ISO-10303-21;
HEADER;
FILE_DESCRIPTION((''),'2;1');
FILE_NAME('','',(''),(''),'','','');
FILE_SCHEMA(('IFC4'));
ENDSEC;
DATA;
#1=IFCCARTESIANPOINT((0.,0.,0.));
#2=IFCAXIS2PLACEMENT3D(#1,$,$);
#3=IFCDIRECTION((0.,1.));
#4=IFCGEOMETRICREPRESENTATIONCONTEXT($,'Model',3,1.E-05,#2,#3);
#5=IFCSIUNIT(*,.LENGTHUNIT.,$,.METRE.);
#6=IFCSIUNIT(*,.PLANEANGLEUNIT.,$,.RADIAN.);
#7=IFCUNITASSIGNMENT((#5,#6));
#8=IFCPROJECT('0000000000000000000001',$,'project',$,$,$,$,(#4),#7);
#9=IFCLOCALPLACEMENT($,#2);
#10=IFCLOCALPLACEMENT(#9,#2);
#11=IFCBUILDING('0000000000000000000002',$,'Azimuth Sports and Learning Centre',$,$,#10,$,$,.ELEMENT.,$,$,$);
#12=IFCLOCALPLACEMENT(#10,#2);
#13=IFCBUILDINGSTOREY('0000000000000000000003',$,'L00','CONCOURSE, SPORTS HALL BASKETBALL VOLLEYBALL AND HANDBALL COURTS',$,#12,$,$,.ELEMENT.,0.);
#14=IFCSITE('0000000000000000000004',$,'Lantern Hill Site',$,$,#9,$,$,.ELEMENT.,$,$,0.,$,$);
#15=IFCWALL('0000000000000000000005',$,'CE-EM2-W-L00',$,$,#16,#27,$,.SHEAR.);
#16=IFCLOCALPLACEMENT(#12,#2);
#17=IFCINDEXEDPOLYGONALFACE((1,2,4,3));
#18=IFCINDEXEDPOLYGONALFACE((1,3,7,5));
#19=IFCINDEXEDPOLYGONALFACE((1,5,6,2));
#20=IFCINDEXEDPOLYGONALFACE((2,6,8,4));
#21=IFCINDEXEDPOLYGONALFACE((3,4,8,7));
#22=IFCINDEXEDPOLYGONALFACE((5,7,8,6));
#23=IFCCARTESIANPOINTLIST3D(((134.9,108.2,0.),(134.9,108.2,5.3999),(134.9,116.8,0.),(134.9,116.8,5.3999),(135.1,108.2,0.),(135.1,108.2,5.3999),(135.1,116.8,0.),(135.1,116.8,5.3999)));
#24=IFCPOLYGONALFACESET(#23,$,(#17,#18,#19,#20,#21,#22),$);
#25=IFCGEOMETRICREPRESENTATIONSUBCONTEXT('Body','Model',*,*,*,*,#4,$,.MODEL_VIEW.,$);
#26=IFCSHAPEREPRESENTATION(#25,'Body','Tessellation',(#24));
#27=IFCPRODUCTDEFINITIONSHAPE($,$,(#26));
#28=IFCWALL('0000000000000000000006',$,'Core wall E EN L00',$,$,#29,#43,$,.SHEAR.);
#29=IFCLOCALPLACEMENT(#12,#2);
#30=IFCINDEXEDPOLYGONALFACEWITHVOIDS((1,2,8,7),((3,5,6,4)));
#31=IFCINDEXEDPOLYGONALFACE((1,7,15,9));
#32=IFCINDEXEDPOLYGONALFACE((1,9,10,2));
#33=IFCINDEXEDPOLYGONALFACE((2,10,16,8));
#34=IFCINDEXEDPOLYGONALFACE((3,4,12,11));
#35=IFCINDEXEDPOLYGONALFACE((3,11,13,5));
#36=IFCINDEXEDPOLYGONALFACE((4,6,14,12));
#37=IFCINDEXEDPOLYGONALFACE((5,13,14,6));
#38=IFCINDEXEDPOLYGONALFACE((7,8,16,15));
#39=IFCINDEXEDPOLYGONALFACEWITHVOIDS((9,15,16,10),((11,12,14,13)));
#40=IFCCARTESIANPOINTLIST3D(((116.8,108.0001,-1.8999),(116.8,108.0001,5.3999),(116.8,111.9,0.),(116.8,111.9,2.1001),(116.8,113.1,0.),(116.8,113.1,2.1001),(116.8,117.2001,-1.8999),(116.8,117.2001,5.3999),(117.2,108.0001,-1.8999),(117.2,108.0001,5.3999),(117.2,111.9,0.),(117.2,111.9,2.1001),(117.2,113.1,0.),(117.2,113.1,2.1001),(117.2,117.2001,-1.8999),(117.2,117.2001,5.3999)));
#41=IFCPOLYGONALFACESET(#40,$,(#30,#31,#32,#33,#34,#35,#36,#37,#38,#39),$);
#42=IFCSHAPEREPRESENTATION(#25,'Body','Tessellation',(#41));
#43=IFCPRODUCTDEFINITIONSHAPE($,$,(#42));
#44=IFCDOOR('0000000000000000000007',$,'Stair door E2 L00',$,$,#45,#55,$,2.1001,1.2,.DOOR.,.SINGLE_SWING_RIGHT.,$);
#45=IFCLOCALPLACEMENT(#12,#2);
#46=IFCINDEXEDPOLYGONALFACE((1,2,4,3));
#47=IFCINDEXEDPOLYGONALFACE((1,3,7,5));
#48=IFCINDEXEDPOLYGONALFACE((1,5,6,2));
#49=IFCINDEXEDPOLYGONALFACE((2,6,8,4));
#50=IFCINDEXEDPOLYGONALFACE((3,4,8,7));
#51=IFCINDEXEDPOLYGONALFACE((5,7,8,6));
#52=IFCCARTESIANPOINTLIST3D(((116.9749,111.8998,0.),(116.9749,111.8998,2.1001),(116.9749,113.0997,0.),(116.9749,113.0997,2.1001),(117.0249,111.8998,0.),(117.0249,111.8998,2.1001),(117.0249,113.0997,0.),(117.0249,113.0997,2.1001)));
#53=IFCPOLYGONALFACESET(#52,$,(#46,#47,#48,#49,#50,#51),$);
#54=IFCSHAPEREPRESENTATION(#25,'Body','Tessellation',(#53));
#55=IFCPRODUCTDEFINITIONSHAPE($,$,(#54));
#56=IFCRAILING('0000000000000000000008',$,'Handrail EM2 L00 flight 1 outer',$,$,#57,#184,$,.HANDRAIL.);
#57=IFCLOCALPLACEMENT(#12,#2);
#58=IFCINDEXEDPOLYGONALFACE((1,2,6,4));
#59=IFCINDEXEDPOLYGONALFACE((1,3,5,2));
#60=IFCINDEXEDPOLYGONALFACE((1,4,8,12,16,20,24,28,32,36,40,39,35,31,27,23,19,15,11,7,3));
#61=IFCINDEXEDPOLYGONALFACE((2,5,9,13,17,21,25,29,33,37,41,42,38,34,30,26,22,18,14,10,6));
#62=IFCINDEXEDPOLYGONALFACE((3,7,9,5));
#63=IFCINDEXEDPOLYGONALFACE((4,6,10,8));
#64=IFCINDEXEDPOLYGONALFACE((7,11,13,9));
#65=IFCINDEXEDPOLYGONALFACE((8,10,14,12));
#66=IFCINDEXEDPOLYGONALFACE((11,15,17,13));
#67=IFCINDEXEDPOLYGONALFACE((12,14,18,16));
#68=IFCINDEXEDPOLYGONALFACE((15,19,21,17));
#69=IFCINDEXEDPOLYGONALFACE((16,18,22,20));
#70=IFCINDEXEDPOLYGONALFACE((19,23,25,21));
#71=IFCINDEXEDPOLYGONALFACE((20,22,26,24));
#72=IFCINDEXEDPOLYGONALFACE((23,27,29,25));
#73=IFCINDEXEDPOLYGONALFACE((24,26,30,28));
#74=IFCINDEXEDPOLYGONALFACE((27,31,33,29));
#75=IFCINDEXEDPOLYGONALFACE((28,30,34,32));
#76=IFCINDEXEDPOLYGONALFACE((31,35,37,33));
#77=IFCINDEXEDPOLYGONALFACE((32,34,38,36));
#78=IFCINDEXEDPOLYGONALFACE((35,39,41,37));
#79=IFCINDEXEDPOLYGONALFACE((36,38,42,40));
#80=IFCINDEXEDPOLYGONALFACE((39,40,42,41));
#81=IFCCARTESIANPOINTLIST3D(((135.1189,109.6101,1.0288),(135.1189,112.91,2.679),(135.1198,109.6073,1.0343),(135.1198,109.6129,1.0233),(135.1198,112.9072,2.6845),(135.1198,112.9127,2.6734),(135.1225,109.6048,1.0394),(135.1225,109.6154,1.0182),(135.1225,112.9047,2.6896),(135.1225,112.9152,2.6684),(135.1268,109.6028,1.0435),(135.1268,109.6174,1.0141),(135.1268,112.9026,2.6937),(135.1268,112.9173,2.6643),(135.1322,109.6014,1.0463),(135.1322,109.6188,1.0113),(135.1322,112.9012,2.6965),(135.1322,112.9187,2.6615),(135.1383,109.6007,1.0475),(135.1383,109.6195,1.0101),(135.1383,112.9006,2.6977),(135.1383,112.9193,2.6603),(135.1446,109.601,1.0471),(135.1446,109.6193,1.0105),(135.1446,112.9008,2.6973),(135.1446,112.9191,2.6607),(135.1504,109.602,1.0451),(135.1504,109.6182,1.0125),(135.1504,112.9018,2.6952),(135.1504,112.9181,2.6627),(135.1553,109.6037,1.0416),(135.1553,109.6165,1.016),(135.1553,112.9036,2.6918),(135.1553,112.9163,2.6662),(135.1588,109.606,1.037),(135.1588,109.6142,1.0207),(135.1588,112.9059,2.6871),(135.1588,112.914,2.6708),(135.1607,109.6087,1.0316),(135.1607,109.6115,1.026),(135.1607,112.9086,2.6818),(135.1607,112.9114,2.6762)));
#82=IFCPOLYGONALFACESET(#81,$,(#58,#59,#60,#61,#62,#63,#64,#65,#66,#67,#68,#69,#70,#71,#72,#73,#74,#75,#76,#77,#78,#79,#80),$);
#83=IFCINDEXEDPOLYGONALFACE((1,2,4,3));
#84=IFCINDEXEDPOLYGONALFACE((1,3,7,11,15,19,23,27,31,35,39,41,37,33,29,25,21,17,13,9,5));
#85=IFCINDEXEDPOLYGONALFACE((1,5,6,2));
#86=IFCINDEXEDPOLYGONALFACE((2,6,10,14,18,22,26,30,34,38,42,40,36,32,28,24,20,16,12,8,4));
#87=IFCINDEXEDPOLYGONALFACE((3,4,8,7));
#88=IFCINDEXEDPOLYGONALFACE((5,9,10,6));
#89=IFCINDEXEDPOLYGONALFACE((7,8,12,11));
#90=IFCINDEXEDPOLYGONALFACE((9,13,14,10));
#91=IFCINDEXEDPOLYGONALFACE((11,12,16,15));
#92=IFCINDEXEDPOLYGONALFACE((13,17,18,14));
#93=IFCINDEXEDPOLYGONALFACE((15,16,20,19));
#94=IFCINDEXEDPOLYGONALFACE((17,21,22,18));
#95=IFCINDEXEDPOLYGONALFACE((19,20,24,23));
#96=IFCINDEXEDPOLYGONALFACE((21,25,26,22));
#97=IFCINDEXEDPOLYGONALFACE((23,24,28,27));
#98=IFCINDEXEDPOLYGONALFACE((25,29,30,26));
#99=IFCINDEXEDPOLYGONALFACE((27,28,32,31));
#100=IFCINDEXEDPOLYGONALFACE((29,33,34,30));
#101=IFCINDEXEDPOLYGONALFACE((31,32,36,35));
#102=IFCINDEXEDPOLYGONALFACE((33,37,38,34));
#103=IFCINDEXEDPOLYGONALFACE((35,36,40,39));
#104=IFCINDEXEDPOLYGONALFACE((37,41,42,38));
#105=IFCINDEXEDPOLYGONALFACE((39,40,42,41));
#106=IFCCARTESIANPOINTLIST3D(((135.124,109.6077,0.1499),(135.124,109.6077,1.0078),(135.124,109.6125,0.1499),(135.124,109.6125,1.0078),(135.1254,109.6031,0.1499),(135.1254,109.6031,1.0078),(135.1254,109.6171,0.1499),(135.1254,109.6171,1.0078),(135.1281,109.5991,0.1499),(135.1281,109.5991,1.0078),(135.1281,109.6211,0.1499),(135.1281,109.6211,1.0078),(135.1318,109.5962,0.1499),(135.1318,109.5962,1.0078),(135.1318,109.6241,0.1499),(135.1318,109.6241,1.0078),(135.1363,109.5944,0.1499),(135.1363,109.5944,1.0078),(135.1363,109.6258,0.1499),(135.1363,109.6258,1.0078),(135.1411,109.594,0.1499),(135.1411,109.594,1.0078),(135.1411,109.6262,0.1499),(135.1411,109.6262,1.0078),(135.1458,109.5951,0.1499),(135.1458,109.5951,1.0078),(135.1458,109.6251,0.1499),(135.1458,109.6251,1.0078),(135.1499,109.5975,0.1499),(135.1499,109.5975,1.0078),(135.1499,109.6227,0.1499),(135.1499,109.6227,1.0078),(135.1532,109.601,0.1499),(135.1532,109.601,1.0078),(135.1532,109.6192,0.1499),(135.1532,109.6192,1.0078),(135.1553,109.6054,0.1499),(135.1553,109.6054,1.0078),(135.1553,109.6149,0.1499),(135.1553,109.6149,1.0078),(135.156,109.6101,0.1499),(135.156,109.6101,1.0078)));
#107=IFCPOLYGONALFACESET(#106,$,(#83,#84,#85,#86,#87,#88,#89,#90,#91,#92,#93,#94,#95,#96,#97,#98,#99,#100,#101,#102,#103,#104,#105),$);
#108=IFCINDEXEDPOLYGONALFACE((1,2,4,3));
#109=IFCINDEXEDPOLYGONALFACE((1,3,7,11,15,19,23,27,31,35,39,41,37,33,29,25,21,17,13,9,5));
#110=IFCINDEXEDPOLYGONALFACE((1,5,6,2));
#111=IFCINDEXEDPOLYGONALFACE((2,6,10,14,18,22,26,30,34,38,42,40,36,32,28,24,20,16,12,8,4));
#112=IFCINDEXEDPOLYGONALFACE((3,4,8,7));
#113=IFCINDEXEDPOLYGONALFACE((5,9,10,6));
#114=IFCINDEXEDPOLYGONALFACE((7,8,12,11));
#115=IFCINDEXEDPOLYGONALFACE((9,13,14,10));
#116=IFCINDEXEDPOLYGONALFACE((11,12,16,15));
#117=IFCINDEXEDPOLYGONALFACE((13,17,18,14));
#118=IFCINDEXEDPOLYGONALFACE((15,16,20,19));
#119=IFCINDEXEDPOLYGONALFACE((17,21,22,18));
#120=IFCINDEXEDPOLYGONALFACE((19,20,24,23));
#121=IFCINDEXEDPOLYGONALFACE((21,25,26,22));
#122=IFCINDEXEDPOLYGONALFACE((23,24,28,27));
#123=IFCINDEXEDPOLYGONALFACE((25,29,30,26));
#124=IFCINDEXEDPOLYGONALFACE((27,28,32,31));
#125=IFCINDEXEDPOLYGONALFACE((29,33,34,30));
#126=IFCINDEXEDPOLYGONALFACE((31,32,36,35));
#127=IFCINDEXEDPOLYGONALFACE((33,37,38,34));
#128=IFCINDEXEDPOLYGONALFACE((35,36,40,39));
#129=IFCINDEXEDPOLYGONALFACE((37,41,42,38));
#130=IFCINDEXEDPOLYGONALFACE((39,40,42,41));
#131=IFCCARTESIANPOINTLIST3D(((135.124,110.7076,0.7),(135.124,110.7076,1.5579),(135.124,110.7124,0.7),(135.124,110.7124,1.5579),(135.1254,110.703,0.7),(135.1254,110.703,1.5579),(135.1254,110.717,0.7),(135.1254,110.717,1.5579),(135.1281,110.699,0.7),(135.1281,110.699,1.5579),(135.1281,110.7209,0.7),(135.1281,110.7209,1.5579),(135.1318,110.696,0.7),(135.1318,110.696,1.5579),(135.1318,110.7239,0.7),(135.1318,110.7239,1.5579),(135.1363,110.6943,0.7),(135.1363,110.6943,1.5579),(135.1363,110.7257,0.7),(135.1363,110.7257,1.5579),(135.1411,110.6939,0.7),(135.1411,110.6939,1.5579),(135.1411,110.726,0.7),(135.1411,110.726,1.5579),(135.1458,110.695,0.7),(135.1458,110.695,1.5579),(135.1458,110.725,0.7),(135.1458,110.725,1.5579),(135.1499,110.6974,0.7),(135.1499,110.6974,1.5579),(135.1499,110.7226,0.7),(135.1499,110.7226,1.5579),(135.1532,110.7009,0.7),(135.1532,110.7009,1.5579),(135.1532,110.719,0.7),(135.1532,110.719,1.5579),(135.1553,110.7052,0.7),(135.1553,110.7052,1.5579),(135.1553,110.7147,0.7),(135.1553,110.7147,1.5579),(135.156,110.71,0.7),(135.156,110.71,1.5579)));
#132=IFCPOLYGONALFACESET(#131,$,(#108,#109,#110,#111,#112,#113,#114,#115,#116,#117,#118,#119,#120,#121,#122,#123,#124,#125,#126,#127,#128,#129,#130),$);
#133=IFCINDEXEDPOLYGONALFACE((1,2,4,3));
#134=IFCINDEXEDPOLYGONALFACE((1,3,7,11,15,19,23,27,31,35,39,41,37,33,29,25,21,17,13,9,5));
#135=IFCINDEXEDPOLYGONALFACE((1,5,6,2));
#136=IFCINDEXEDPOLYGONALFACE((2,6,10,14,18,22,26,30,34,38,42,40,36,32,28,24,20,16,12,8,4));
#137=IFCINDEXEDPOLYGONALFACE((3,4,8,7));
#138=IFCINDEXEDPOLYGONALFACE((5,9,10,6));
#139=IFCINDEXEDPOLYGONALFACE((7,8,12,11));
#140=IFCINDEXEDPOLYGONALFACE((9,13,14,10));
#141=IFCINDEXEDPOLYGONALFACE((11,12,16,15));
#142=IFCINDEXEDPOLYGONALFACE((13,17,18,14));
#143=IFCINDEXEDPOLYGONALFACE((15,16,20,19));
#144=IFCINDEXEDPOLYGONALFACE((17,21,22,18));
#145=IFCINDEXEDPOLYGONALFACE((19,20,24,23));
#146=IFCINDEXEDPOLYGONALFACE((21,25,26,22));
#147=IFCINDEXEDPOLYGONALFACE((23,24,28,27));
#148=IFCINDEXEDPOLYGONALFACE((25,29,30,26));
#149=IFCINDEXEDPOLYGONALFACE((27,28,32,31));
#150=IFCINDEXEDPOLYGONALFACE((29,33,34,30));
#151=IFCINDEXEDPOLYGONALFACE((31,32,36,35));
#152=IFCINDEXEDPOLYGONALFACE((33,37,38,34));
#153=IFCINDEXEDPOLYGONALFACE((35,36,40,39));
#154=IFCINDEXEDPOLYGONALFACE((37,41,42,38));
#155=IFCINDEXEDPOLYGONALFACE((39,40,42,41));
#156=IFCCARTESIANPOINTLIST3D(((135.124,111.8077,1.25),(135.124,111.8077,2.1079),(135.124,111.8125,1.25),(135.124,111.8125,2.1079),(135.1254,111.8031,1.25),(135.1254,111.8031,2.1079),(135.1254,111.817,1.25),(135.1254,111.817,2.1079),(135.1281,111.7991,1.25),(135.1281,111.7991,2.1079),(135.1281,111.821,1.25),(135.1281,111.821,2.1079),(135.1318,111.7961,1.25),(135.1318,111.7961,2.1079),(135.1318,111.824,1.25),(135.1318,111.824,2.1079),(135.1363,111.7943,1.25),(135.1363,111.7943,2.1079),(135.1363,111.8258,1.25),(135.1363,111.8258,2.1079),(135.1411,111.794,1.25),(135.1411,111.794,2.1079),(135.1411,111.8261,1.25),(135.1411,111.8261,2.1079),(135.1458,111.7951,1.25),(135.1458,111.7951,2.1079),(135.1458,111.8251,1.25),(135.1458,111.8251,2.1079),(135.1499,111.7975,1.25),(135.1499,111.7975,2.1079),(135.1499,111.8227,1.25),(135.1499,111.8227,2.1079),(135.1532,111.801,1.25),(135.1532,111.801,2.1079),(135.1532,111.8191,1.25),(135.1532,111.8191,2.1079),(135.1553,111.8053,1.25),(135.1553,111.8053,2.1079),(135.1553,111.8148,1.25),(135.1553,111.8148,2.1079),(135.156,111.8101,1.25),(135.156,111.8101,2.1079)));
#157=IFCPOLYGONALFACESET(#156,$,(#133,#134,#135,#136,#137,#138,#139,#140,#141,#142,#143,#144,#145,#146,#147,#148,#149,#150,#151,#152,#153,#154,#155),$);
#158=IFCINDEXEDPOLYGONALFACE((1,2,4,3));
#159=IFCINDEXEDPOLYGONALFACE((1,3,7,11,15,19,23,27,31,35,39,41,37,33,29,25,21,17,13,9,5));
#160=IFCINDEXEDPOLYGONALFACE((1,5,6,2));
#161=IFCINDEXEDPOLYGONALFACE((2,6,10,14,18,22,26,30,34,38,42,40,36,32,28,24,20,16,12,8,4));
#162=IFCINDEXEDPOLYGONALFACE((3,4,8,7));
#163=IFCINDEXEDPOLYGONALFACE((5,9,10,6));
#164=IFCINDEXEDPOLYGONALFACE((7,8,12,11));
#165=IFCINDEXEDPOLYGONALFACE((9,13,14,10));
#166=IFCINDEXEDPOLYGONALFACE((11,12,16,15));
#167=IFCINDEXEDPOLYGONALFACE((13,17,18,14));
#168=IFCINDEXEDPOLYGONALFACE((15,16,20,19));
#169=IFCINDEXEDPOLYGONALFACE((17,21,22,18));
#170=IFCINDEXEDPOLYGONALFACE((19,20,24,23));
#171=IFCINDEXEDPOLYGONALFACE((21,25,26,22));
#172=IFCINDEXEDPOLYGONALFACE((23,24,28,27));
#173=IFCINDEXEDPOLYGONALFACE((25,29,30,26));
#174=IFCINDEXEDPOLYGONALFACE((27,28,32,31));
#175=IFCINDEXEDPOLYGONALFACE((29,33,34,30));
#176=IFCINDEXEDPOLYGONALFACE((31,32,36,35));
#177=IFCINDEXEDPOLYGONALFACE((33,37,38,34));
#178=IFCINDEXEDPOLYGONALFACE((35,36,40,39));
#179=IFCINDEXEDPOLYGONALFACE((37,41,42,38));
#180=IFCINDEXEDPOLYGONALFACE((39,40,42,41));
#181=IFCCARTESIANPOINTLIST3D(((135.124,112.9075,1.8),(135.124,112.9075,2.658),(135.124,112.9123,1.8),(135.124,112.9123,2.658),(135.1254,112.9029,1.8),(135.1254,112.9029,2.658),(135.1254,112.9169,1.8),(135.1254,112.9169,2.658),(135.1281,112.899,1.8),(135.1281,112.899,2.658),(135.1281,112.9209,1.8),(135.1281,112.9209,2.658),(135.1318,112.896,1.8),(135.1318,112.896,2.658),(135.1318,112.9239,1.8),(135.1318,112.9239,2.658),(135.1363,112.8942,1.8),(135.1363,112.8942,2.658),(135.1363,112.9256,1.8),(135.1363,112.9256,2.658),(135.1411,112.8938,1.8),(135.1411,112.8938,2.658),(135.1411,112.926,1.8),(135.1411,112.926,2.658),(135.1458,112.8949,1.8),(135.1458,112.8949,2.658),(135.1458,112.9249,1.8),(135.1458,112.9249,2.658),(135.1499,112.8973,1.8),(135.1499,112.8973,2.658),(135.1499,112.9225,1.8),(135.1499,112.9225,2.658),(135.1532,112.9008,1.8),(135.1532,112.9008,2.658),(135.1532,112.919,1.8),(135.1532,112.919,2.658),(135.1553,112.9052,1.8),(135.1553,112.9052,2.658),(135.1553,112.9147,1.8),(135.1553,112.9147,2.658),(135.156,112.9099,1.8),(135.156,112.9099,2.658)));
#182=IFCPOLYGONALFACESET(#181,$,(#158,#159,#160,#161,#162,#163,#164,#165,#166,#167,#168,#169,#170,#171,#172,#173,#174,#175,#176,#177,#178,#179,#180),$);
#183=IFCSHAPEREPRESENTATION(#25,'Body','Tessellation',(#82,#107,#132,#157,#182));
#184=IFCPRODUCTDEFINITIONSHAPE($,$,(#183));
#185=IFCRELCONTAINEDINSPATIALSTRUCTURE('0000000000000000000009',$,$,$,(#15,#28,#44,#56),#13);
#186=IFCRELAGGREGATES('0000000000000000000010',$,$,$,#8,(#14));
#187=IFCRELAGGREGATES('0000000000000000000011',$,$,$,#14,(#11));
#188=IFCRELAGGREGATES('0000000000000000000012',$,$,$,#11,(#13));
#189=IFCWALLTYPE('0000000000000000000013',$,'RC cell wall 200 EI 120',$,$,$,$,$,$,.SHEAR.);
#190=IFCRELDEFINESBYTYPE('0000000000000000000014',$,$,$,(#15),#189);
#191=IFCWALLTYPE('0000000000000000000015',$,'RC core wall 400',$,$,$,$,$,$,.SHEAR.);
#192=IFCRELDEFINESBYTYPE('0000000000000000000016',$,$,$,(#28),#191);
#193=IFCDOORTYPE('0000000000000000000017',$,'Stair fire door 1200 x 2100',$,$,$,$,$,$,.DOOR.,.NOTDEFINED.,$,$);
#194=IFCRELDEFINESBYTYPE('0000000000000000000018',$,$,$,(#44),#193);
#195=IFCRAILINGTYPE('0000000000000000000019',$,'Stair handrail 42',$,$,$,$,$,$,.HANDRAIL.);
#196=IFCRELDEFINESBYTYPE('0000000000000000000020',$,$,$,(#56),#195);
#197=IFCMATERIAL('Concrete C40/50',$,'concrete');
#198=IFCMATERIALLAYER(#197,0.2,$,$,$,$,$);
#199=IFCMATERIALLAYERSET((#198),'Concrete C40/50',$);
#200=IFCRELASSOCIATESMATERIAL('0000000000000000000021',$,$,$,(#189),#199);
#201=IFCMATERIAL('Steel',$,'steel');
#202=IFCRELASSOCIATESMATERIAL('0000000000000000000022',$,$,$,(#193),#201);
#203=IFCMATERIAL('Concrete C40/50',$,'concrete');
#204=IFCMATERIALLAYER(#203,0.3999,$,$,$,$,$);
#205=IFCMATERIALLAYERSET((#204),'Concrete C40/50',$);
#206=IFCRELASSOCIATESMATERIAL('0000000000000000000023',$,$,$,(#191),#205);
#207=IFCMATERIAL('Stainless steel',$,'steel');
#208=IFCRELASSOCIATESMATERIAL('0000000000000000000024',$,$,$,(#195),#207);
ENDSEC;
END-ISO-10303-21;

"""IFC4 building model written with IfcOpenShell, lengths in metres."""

from ifc_helpers import new_model, si_unit, direction, frame, frame_2d, origin, origin_2d, place, context, subcontext, project, spatial, rectangle, circle, extrude, material, layer, layer_set, type_object, element, fill, save


model = new_model("IFC4")

# Units and contexts
model_context = context("Model", 3, precision=1e-05, world=origin(), true_north=direction((0.0, 1.0)))
body_context = subcontext(model_context, "Body", "Model", "MODEL_VIEW")
ifc_project = project(units=[si_unit("LENGTHUNIT", "METRE"), si_unit("PLANEANGLEUNIT", "RADIAN")], contexts=[model_context])

# Site, building, storey
site_placement = place(None, origin())
site = spatial("IfcSite", under=ifc_project, at=site_placement, Name="Lantern Hill Site", CompositionType="ELEMENT", RefElevation=0.0)
building_placement = place(site_placement, origin())
building = spatial("IfcBuilding", under=site, at=building_placement, Name="Azimuth Sports and Learning Centre", CompositionType="ELEMENT")
storey_placement = place(building_placement, origin())
storey = spatial("IfcBuildingStorey", under=building, at=storey_placement, Name="L00", Description="CONCOURSE, SPORTS HALL BASKETBALL VOLLEYBALL AND HANDBALL COURTS", CompositionType="ELEMENT", Elevation=0.0)

# Shared definitions
ifc_material_1 = material(Name="Concrete C40/50", Category="concrete")
ifc_layer_1 = layer(ifc_material_1, 0.2)
ifc_layer_set_1 = layer_set([ifc_layer_1], Name="Concrete C40/50")
wall_type_1 = type_object("IfcWallType", Name="RC cell wall 200 EI 120", PredefinedType="SHEAR", material=ifc_layer_set_1)
ifc_material_2 = material(Name="Steel", Category="steel")
door_type_1 = type_object("IfcDoorType", Name="Stair fire door 1200 x 2100", OperationType="NOTDEFINED", PredefinedType="DOOR", material=ifc_material_2)

# Wall
wall_1_placement = place(storey_placement, frame((135.0, 108.2, 0.0), z_axis=(0.0, 0.0, 1.0), x_axis=(0.0, 1.0, 0.0)))
element("IfcWall", 1, at=wall_1_placement, inside=storey, type_object=wall_type_1, Name="CE-EM2-W-L00", PredefinedType="SHEAR", context=body_context, shape_type="SweptSolid", body=[
    extrude(rectangle(XDim=8.6001, YDim=0.2, at=frame_2d((4.3, 0.0))), origin(), (0.0, 0.0, 1.0), 5.3999),
])

# Wall, opening, door
ifc_material_3 = material(Name="Concrete C40/50", Category="concrete")
ifc_layer_2 = layer(ifc_material_3, 0.3999)
ifc_layer_set_2 = layer_set([ifc_layer_2], Name="Concrete C40/50")
wall_type_2 = type_object("IfcWallType", Name="RC core wall 400", PredefinedType="SHEAR", material=ifc_layer_set_2)
wall_2_placement = place(storey_placement, frame((117.0, 108.0, -1.8999), z_axis=(0.0, 0.0, 1.0), x_axis=(0.0, 1.0, 0.0)))
wall_2 = element("IfcWall", 2, at=wall_2_placement, inside=storey, type_object=wall_type_2, Name="Core wall E EN L00", PredefinedType="SHEAR", context=body_context, shape_type="SweptSolid", body=[
    extrude(rectangle(XDim=9.2, YDim=0.3999, at=frame_2d((4.6001, 0.0))), origin(), (0.0, 0.0, 1.0), 7.2998),
])
opening_1_placement = place(wall_2_placement, frame((3.8999, 0.0, 1.8999)))
opening_1 = element("IfcOpeningElement", 3, at=opening_1_placement, cuts=wall_2, PredefinedType="OPENING", context=body_context, shape_type="SweptSolid", body=[
    extrude(rectangle(XDim=1.2, YDim=2.1001, at=frame_2d((0.6001, 1.05))), frame((0.0, 0.2109, 0.0), z_axis=(0.0, -1.0, 0.0), x_axis=(1.0, 0.0, 0.0)), (0.0, 0.0, 1.0), 0.4219),
])
door_1_placement = place(opening_1_placement, frame((1.2, 0.0, 0.0), z_axis=(0.0, 0.0, 1.0), x_axis=(-1.0, 0.0, 0.0)))
door_1 = element("IfcDoor", 4, at=door_1_placement, inside=storey, type_object=door_type_1, Name="Stair door E2 L00", OperationType="SINGLE_SWING_RIGHT", OverallHeight=2.1001, OverallWidth=1.2, PredefinedType="DOOR", context=body_context, shape_type="SweptSolid", body=[
    extrude(rectangle(XDim=1.2, YDim=2.1001, at=frame_2d((0.6001, 1.05))), frame((0.0, 0.0249, 0.0), z_axis=(0.0, -1.0, 0.0), x_axis=(1.0, 0.0, 0.0)), (0.0, 0.0, 1.0), 0.05),
])
fill(opening_1, door_1)

# Railing
ifc_material_4 = material(Name="Stainless steel", Category="steel")
railing_type = type_object("IfcRailingType", Name="Stair handrail 42", PredefinedType="HANDRAIL", material=ifc_material_4)
railing_placement = place(storey_placement, frame((135.1399, 109.6101, 0.1499)))
element("IfcRailing", 5, at=railing_placement, inside=storey, type_object=railing_type, Name="Handrail EM2 L00 flight 1 outer", PredefinedType="HANDRAIL", context=body_context, shape_type="SweptSolid", body=[
    extrude(circle(Radius=0.021, at=origin_2d()), frame((0.0, 0.0, 0.8789), z_axis=(0.0, 0.894401, 0.447267), x_axis=(-1.0, 0.0, 0.0)), (0.0, 0.0, 1.0), 3.6895),
    extrude(circle(Radius=0.0161, at=origin_2d()), origin(), (0.0, 0.0, 1.0), 0.8579),
    extrude(circle(Radius=0.0161, at=origin_2d()), frame((0.0, 1.0999, 0.55)), (0.0, 0.0, 1.0), 0.8579),
    extrude(circle(Radius=0.0161, at=origin_2d()), frame((0.0, 2.2, 1.1001)), (0.0, 0.0, 1.0), 0.8579),
    extrude(circle(Radius=0.0161, at=origin_2d()), frame((0.0, 3.2998, 1.6501)), (0.0, 0.0, 1.0), 0.8579),
])

save(model, "model.ifc")
